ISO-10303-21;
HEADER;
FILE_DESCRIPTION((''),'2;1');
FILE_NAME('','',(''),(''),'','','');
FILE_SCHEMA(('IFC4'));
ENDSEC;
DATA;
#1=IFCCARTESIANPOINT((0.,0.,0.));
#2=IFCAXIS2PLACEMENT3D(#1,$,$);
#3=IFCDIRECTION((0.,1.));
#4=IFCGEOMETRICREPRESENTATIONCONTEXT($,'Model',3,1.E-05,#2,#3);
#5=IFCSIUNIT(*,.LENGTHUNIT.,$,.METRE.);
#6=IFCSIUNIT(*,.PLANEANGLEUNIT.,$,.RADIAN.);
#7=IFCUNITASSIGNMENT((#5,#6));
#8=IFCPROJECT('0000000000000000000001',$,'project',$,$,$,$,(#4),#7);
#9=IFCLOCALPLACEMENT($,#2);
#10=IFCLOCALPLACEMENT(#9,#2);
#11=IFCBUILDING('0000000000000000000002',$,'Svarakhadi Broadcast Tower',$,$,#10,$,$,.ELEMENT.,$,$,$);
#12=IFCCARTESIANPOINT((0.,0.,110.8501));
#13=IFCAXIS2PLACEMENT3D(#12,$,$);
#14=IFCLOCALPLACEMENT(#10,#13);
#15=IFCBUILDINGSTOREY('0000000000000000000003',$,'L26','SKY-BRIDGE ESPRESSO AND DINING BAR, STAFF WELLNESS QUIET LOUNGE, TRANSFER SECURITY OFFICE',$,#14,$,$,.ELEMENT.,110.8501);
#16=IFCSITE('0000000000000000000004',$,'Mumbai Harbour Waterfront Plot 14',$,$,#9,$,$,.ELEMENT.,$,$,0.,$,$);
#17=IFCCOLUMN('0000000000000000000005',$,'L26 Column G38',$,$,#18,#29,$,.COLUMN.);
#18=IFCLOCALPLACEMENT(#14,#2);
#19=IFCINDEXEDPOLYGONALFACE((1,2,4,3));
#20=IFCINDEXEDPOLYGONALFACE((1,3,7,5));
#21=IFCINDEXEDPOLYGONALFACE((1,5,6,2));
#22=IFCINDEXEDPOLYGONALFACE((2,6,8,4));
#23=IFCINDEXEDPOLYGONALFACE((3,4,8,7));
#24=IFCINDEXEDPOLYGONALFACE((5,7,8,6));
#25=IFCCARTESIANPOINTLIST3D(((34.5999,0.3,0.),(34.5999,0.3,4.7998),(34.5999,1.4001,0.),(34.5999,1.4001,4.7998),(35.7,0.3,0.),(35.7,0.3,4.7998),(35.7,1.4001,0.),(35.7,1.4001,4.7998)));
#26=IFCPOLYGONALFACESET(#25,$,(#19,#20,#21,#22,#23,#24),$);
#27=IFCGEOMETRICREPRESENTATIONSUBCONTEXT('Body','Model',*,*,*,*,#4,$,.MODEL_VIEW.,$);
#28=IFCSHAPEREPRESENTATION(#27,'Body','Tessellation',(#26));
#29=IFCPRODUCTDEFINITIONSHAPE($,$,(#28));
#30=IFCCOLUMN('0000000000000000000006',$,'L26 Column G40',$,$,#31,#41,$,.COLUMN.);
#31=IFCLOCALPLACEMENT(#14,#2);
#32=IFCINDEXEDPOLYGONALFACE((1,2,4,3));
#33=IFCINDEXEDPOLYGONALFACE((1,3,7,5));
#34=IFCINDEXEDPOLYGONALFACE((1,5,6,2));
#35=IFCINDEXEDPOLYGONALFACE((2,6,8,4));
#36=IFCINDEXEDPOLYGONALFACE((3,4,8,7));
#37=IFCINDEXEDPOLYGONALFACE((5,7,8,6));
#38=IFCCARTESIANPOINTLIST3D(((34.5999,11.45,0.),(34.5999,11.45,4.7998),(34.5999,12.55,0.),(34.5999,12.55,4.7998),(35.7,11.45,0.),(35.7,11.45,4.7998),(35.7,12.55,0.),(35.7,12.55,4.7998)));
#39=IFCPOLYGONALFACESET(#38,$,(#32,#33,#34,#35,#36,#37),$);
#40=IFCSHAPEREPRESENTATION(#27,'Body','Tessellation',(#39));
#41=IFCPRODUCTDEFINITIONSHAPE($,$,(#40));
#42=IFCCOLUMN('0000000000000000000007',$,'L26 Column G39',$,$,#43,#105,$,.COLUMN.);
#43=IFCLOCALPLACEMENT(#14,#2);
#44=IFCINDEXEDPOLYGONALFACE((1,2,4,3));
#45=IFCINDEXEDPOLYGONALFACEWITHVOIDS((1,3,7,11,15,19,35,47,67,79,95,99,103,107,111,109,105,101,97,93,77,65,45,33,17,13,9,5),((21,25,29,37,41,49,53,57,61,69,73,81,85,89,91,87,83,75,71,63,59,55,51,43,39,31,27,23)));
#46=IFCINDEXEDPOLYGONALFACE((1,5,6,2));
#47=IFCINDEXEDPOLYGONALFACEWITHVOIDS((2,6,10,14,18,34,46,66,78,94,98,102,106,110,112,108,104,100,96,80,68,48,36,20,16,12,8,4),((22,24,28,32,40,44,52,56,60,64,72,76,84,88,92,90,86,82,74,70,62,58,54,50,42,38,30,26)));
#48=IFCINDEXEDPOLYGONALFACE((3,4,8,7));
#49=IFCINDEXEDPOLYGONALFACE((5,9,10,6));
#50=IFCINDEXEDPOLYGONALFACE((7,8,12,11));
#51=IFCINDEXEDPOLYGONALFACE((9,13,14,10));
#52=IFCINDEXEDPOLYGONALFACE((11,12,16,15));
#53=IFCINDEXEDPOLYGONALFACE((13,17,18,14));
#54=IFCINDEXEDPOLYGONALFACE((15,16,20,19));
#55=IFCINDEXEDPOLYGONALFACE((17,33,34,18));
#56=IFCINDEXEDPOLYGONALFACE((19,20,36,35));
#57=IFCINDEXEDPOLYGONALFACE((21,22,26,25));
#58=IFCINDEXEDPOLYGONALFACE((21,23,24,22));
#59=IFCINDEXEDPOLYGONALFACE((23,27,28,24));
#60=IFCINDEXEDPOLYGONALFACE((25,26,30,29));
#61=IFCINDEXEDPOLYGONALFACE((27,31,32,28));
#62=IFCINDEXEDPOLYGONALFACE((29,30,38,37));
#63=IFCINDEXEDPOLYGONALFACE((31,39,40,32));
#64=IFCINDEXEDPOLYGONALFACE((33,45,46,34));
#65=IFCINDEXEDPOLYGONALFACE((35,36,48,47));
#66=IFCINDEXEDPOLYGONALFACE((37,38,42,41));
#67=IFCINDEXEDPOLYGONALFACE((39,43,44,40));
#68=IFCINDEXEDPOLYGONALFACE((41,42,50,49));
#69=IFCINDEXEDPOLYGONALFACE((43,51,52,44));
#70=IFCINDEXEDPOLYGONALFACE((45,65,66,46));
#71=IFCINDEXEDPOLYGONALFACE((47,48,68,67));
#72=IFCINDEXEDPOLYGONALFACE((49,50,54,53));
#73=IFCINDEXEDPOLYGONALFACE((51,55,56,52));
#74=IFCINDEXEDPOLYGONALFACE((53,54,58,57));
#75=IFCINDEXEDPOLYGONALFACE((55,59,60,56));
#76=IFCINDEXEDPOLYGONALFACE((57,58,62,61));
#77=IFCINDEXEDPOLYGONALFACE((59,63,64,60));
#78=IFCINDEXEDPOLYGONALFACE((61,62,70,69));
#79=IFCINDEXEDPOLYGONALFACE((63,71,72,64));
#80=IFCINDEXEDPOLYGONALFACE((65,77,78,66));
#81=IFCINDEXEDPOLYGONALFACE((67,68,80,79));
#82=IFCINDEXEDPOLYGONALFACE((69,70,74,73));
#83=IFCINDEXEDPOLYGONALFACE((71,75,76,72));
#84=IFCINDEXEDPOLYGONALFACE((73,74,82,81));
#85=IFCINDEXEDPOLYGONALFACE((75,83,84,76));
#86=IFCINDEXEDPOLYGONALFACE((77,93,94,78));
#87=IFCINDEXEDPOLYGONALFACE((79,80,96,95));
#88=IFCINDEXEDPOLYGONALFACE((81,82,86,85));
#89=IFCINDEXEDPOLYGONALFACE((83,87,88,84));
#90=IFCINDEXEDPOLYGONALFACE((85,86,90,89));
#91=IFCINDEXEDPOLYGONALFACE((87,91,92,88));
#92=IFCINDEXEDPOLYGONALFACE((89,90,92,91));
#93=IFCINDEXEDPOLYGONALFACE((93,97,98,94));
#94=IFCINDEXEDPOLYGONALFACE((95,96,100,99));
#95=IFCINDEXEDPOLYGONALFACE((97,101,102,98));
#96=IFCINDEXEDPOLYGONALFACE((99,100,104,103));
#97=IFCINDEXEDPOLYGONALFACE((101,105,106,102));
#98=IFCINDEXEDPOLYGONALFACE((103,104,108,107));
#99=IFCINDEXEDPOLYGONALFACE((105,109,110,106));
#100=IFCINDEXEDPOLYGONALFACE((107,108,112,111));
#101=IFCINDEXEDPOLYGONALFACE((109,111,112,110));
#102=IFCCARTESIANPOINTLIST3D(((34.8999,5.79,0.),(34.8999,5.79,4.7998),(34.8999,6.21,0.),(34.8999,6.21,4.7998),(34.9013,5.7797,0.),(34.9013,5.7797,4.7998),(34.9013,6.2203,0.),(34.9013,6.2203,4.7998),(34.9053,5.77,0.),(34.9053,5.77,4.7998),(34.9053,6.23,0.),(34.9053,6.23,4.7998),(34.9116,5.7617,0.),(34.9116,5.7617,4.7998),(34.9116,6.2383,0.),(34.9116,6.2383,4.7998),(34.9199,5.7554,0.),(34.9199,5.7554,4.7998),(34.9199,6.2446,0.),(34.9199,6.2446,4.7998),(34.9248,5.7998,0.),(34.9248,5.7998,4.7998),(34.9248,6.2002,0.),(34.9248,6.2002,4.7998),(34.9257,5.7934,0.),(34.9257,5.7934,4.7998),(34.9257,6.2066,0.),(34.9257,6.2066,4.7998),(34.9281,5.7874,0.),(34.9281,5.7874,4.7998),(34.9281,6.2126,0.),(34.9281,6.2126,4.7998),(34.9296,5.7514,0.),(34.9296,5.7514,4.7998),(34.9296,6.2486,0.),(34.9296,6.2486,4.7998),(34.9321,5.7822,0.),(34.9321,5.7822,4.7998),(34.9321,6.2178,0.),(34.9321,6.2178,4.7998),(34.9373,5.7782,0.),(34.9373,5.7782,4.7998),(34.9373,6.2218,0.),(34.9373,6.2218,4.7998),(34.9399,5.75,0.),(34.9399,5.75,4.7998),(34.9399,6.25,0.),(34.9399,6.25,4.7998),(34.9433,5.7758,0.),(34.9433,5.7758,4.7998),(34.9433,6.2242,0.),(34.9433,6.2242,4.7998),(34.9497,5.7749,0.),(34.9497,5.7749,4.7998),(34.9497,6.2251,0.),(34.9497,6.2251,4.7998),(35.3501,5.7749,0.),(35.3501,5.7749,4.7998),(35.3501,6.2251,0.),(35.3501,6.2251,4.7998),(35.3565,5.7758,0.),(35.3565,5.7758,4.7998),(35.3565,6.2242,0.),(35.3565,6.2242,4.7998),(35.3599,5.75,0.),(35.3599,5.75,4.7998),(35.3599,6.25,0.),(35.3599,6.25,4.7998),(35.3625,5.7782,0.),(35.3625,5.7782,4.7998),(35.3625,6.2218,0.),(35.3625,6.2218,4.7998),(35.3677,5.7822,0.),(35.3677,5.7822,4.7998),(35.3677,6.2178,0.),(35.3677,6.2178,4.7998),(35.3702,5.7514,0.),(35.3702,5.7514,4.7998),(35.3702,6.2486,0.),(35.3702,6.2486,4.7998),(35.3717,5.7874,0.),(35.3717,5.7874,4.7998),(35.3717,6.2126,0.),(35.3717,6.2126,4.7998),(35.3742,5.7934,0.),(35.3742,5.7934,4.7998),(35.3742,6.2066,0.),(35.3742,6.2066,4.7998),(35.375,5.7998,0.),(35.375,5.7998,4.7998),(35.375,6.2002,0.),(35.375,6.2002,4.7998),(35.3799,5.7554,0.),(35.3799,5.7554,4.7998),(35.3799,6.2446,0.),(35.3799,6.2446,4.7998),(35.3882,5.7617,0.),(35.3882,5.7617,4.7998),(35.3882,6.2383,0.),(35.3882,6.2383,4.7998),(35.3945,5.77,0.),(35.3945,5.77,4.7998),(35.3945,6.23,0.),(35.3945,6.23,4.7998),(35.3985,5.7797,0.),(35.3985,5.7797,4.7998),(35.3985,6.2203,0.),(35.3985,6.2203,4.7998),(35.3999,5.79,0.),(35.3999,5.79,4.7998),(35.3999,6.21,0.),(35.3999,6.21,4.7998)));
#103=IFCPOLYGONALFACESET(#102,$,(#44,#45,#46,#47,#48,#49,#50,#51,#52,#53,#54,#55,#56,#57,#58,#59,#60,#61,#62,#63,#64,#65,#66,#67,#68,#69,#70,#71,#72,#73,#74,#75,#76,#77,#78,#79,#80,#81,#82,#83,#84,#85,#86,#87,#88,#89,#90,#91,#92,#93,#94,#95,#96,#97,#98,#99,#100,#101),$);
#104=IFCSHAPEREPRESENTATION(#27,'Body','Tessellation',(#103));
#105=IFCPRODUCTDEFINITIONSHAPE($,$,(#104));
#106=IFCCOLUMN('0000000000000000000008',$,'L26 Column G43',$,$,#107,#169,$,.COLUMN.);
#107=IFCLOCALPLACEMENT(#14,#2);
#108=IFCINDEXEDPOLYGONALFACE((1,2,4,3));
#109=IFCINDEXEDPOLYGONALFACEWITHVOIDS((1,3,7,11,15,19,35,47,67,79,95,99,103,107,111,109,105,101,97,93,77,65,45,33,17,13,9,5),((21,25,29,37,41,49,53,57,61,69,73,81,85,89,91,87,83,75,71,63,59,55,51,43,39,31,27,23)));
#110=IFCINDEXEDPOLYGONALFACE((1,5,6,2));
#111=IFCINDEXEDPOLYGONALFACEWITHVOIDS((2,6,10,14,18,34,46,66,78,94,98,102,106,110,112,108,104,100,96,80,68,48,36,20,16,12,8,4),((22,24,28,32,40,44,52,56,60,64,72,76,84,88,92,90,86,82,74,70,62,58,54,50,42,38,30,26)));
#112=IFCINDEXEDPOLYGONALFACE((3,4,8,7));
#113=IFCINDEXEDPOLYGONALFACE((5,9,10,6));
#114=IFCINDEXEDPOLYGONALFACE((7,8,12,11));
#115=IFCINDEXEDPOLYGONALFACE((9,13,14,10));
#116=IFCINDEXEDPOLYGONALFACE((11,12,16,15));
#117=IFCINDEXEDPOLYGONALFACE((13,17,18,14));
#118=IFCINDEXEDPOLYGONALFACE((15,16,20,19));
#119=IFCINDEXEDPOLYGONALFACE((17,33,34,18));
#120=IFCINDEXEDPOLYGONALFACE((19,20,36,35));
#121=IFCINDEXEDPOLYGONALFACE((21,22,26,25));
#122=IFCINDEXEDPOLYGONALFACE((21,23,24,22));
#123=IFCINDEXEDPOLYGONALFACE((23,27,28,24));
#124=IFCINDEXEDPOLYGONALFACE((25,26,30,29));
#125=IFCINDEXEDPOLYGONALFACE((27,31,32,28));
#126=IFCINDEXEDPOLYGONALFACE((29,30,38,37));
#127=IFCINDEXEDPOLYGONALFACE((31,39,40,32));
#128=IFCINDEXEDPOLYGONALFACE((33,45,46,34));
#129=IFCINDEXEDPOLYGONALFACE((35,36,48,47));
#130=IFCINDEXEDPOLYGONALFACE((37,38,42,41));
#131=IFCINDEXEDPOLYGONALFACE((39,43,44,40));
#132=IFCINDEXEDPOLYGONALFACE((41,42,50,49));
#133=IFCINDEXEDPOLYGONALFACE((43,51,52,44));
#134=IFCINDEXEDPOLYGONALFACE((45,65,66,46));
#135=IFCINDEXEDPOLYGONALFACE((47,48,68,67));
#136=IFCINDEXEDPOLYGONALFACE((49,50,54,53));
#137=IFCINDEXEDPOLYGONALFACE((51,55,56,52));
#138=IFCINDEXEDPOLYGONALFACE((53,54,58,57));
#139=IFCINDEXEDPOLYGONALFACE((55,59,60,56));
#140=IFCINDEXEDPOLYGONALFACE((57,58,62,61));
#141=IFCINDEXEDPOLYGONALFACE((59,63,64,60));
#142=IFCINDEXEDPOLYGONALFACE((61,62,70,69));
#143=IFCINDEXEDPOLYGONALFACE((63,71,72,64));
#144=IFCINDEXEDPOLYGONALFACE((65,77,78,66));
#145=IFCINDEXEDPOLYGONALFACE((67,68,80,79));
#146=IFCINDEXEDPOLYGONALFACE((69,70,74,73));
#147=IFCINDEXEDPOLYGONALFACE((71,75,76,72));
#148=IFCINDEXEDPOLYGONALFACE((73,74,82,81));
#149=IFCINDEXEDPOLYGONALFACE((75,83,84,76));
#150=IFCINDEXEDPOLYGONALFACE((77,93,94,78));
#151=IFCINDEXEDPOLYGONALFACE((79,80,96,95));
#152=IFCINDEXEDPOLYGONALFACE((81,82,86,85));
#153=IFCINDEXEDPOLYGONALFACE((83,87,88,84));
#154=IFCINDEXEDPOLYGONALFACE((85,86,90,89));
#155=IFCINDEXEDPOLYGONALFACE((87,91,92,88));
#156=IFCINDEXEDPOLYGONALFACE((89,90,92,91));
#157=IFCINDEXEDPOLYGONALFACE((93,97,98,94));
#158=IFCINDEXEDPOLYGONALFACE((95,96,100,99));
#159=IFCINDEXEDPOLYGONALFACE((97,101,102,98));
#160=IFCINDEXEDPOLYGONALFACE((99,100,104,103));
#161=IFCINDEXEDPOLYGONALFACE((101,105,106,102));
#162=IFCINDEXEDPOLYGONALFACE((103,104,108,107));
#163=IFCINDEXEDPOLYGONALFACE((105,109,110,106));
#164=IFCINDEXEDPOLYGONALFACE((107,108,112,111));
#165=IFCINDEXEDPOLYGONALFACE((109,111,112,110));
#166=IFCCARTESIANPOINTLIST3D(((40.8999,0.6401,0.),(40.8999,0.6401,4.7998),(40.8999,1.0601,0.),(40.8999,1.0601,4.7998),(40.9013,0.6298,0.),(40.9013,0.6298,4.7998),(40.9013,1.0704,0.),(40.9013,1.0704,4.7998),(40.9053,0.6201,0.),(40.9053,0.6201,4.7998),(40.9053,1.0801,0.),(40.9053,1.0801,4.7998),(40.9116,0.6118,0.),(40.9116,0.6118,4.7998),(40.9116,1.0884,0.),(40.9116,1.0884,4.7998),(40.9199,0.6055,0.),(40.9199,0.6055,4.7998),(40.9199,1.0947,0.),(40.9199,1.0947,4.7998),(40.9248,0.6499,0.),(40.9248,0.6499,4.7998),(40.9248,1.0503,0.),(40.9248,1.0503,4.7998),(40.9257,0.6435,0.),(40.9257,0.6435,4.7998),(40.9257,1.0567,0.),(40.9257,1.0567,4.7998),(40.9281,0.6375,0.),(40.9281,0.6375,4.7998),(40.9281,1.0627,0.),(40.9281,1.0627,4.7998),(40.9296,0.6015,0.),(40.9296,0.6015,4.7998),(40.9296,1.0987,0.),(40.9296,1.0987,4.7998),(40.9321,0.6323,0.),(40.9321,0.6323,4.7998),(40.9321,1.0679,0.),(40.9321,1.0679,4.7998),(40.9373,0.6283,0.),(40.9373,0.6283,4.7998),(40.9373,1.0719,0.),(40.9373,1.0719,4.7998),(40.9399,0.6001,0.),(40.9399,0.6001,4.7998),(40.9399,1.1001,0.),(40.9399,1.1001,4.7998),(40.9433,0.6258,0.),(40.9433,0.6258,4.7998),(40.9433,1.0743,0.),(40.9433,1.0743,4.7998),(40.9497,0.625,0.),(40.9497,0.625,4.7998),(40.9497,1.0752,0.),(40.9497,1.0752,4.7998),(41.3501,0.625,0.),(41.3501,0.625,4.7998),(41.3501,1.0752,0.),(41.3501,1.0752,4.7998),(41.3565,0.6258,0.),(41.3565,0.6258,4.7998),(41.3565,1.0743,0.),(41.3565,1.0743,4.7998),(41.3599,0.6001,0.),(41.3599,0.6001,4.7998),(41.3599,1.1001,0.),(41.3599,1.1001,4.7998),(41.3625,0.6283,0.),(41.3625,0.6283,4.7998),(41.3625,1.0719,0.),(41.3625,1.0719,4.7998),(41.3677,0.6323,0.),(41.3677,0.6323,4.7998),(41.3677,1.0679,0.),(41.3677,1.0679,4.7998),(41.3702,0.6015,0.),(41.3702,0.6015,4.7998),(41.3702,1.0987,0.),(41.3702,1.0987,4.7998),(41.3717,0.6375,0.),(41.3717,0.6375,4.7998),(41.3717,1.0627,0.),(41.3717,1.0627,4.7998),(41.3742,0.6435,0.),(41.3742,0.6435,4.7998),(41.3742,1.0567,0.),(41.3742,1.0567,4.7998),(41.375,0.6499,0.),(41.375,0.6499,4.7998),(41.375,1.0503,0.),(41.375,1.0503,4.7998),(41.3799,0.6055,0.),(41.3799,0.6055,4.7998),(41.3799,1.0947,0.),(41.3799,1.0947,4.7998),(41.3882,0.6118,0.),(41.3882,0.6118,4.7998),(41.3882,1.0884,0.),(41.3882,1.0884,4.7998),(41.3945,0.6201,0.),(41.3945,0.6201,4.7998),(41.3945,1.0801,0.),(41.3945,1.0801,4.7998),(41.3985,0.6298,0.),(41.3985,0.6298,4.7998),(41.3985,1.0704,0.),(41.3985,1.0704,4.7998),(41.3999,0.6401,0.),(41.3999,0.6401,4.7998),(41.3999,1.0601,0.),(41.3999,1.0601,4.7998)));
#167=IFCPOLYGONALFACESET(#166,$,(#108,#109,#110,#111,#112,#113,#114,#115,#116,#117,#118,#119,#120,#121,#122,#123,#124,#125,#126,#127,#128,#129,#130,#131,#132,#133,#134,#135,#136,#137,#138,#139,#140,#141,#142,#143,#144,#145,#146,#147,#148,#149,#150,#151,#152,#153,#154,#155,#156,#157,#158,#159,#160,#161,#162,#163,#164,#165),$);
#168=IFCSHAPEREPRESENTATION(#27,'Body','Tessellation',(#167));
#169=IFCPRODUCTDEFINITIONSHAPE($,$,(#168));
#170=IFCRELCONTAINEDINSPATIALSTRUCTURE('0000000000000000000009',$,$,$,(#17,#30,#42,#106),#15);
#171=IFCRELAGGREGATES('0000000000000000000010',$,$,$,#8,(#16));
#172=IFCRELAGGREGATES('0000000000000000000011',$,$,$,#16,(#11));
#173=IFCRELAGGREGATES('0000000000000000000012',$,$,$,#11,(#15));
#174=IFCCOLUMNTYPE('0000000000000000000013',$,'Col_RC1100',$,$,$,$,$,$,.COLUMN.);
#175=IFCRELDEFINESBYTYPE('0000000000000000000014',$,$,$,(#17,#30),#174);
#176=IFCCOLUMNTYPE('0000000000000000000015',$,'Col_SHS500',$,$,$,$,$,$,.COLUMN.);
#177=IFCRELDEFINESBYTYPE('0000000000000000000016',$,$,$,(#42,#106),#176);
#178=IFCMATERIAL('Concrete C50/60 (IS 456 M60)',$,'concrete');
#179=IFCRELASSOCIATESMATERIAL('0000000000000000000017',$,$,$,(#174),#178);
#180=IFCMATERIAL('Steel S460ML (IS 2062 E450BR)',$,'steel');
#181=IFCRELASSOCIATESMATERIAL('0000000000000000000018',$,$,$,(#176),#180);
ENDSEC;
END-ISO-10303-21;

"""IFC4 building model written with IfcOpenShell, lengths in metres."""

from ifc_helpers import new_model, si_unit, direction, frame, origin, origin_2d, place, context, subcontext, project, spatial, rectangle, hollow_rectangle, extrude, material, material_profile, profile_set, type_object, element, save


model = new_model("IFC4")

# Units and contexts
model_context = context("Model", 3, precision=1e-05, world=origin(), true_north=direction((0.0, 1.0)))
body_context = subcontext(model_context, "Body", "Model", "MODEL_VIEW")
ifc_project = project(units=[si_unit("LENGTHUNIT", "METRE"), si_unit("PLANEANGLEUNIT", "RADIAN")], contexts=[model_context])

# Site, building, storey
site_placement = place(None, origin())
site = spatial("IfcSite", under=ifc_project, at=site_placement, Name="Mumbai Harbour Waterfront Plot 14", CompositionType="ELEMENT", RefElevation=0.0)
building_placement = place(site_placement, origin())
building = spatial("IfcBuilding", under=site, at=building_placement, Name="Svarakhadi Broadcast Tower", CompositionType="ELEMENT")
storey_placement = place(building_placement, frame((0.0, 0.0, 110.8501)))
storey = spatial("IfcBuildingStorey", under=building, at=storey_placement, Name="L26", Description="SKY-BRIDGE ESPRESSO AND DINING BAR, STAFF WELLNESS QUIET LOUNGE, TRANSFER SECURITY OFFICE", CompositionType="ELEMENT", Elevation=110.8501)

# Columns
ifc_material_1 = material(Name="Concrete C50/60 (IS 456 M60)", Category="concrete")
ifc_material_profile_1 = material_profile(ifc_material_1, rectangle(XDim=1.1001, YDim=1.1001, at=origin_2d()), Name="RC 1100x1100")
ifc_profile_set_1 = profile_set([ifc_material_profile_1], Name="Concrete C50/60 (IS 456 M60)")
column_type_1 = type_object("IfcColumnType", Name="Col_RC1100", PredefinedType="COLUMN", material=ifc_profile_set_1)
for number, where, z_axis, x_axis, name in (
    (1, (35.1499, 0.8501, 0.0), (0.0, 0.0, 1.0), (1.0, 0.0, 0.0), "L26 Column G38"),
    (2, (35.1499, 12.0, 0.0), (0.0, 0.0, 1.0), (1.0, 0.0, 0.0), "L26 Column G40"),
):
    element("IfcColumn", number, at=place(storey_placement, frame(where, z_axis=z_axis, x_axis=x_axis)), inside=storey, type_object=column_type_1, Name=name, PredefinedType="COLUMN", context=body_context, shape_type="SweptSolid", body=[
        extrude(rectangle(XDim=1.1001, YDim=1.1001, at=origin_2d()), origin(), (0.0, 0.0, 1.0), 4.7998),
    ])
ifc_material_2 = material(Name="Steel S460ML (IS 2062 E450BR)", Category="steel")
ifc_material_profile_2 = material_profile(ifc_material_2, hollow_rectangle(XDim=0.5, YDim=0.5, WallThickness=0.0249, InnerFilletRadius=0.0249, OuterFilletRadius=0.04, at=origin_2d()), Name="SHS 500x500x25")
ifc_profile_set_2 = profile_set([ifc_material_profile_2], Name="Steel S460ML (IS 2062 E450BR)")
column_type_2 = type_object("IfcColumnType", Name="Col_SHS500", PredefinedType="COLUMN", material=ifc_profile_set_2)
for number, where, z_axis, x_axis, name in (
    (3, (35.1499, 6.0, 0.0), (0.0, 0.0, 1.0), (1.0, 0.0, 0.0), "L26 Column G39"),
    (4, (41.1499, 0.8501, 0.0), (0.0, 0.0, 1.0), (1.0, 0.0, 0.0), "L26 Column G43"),
):
    element("IfcColumn", number, at=place(storey_placement, frame(where, z_axis=z_axis, x_axis=x_axis)), inside=storey, type_object=column_type_2, Name=name, PredefinedType="COLUMN", context=body_context, shape_type="SweptSolid", body=[
        extrude(hollow_rectangle(XDim=0.5, YDim=0.5, WallThickness=0.0249, InnerFilletRadius=0.0249, OuterFilletRadius=0.04, at=origin_2d()), origin(), (0.0, 0.0, 1.0), 4.7998),
    ])

save(model, "model.ifc")
